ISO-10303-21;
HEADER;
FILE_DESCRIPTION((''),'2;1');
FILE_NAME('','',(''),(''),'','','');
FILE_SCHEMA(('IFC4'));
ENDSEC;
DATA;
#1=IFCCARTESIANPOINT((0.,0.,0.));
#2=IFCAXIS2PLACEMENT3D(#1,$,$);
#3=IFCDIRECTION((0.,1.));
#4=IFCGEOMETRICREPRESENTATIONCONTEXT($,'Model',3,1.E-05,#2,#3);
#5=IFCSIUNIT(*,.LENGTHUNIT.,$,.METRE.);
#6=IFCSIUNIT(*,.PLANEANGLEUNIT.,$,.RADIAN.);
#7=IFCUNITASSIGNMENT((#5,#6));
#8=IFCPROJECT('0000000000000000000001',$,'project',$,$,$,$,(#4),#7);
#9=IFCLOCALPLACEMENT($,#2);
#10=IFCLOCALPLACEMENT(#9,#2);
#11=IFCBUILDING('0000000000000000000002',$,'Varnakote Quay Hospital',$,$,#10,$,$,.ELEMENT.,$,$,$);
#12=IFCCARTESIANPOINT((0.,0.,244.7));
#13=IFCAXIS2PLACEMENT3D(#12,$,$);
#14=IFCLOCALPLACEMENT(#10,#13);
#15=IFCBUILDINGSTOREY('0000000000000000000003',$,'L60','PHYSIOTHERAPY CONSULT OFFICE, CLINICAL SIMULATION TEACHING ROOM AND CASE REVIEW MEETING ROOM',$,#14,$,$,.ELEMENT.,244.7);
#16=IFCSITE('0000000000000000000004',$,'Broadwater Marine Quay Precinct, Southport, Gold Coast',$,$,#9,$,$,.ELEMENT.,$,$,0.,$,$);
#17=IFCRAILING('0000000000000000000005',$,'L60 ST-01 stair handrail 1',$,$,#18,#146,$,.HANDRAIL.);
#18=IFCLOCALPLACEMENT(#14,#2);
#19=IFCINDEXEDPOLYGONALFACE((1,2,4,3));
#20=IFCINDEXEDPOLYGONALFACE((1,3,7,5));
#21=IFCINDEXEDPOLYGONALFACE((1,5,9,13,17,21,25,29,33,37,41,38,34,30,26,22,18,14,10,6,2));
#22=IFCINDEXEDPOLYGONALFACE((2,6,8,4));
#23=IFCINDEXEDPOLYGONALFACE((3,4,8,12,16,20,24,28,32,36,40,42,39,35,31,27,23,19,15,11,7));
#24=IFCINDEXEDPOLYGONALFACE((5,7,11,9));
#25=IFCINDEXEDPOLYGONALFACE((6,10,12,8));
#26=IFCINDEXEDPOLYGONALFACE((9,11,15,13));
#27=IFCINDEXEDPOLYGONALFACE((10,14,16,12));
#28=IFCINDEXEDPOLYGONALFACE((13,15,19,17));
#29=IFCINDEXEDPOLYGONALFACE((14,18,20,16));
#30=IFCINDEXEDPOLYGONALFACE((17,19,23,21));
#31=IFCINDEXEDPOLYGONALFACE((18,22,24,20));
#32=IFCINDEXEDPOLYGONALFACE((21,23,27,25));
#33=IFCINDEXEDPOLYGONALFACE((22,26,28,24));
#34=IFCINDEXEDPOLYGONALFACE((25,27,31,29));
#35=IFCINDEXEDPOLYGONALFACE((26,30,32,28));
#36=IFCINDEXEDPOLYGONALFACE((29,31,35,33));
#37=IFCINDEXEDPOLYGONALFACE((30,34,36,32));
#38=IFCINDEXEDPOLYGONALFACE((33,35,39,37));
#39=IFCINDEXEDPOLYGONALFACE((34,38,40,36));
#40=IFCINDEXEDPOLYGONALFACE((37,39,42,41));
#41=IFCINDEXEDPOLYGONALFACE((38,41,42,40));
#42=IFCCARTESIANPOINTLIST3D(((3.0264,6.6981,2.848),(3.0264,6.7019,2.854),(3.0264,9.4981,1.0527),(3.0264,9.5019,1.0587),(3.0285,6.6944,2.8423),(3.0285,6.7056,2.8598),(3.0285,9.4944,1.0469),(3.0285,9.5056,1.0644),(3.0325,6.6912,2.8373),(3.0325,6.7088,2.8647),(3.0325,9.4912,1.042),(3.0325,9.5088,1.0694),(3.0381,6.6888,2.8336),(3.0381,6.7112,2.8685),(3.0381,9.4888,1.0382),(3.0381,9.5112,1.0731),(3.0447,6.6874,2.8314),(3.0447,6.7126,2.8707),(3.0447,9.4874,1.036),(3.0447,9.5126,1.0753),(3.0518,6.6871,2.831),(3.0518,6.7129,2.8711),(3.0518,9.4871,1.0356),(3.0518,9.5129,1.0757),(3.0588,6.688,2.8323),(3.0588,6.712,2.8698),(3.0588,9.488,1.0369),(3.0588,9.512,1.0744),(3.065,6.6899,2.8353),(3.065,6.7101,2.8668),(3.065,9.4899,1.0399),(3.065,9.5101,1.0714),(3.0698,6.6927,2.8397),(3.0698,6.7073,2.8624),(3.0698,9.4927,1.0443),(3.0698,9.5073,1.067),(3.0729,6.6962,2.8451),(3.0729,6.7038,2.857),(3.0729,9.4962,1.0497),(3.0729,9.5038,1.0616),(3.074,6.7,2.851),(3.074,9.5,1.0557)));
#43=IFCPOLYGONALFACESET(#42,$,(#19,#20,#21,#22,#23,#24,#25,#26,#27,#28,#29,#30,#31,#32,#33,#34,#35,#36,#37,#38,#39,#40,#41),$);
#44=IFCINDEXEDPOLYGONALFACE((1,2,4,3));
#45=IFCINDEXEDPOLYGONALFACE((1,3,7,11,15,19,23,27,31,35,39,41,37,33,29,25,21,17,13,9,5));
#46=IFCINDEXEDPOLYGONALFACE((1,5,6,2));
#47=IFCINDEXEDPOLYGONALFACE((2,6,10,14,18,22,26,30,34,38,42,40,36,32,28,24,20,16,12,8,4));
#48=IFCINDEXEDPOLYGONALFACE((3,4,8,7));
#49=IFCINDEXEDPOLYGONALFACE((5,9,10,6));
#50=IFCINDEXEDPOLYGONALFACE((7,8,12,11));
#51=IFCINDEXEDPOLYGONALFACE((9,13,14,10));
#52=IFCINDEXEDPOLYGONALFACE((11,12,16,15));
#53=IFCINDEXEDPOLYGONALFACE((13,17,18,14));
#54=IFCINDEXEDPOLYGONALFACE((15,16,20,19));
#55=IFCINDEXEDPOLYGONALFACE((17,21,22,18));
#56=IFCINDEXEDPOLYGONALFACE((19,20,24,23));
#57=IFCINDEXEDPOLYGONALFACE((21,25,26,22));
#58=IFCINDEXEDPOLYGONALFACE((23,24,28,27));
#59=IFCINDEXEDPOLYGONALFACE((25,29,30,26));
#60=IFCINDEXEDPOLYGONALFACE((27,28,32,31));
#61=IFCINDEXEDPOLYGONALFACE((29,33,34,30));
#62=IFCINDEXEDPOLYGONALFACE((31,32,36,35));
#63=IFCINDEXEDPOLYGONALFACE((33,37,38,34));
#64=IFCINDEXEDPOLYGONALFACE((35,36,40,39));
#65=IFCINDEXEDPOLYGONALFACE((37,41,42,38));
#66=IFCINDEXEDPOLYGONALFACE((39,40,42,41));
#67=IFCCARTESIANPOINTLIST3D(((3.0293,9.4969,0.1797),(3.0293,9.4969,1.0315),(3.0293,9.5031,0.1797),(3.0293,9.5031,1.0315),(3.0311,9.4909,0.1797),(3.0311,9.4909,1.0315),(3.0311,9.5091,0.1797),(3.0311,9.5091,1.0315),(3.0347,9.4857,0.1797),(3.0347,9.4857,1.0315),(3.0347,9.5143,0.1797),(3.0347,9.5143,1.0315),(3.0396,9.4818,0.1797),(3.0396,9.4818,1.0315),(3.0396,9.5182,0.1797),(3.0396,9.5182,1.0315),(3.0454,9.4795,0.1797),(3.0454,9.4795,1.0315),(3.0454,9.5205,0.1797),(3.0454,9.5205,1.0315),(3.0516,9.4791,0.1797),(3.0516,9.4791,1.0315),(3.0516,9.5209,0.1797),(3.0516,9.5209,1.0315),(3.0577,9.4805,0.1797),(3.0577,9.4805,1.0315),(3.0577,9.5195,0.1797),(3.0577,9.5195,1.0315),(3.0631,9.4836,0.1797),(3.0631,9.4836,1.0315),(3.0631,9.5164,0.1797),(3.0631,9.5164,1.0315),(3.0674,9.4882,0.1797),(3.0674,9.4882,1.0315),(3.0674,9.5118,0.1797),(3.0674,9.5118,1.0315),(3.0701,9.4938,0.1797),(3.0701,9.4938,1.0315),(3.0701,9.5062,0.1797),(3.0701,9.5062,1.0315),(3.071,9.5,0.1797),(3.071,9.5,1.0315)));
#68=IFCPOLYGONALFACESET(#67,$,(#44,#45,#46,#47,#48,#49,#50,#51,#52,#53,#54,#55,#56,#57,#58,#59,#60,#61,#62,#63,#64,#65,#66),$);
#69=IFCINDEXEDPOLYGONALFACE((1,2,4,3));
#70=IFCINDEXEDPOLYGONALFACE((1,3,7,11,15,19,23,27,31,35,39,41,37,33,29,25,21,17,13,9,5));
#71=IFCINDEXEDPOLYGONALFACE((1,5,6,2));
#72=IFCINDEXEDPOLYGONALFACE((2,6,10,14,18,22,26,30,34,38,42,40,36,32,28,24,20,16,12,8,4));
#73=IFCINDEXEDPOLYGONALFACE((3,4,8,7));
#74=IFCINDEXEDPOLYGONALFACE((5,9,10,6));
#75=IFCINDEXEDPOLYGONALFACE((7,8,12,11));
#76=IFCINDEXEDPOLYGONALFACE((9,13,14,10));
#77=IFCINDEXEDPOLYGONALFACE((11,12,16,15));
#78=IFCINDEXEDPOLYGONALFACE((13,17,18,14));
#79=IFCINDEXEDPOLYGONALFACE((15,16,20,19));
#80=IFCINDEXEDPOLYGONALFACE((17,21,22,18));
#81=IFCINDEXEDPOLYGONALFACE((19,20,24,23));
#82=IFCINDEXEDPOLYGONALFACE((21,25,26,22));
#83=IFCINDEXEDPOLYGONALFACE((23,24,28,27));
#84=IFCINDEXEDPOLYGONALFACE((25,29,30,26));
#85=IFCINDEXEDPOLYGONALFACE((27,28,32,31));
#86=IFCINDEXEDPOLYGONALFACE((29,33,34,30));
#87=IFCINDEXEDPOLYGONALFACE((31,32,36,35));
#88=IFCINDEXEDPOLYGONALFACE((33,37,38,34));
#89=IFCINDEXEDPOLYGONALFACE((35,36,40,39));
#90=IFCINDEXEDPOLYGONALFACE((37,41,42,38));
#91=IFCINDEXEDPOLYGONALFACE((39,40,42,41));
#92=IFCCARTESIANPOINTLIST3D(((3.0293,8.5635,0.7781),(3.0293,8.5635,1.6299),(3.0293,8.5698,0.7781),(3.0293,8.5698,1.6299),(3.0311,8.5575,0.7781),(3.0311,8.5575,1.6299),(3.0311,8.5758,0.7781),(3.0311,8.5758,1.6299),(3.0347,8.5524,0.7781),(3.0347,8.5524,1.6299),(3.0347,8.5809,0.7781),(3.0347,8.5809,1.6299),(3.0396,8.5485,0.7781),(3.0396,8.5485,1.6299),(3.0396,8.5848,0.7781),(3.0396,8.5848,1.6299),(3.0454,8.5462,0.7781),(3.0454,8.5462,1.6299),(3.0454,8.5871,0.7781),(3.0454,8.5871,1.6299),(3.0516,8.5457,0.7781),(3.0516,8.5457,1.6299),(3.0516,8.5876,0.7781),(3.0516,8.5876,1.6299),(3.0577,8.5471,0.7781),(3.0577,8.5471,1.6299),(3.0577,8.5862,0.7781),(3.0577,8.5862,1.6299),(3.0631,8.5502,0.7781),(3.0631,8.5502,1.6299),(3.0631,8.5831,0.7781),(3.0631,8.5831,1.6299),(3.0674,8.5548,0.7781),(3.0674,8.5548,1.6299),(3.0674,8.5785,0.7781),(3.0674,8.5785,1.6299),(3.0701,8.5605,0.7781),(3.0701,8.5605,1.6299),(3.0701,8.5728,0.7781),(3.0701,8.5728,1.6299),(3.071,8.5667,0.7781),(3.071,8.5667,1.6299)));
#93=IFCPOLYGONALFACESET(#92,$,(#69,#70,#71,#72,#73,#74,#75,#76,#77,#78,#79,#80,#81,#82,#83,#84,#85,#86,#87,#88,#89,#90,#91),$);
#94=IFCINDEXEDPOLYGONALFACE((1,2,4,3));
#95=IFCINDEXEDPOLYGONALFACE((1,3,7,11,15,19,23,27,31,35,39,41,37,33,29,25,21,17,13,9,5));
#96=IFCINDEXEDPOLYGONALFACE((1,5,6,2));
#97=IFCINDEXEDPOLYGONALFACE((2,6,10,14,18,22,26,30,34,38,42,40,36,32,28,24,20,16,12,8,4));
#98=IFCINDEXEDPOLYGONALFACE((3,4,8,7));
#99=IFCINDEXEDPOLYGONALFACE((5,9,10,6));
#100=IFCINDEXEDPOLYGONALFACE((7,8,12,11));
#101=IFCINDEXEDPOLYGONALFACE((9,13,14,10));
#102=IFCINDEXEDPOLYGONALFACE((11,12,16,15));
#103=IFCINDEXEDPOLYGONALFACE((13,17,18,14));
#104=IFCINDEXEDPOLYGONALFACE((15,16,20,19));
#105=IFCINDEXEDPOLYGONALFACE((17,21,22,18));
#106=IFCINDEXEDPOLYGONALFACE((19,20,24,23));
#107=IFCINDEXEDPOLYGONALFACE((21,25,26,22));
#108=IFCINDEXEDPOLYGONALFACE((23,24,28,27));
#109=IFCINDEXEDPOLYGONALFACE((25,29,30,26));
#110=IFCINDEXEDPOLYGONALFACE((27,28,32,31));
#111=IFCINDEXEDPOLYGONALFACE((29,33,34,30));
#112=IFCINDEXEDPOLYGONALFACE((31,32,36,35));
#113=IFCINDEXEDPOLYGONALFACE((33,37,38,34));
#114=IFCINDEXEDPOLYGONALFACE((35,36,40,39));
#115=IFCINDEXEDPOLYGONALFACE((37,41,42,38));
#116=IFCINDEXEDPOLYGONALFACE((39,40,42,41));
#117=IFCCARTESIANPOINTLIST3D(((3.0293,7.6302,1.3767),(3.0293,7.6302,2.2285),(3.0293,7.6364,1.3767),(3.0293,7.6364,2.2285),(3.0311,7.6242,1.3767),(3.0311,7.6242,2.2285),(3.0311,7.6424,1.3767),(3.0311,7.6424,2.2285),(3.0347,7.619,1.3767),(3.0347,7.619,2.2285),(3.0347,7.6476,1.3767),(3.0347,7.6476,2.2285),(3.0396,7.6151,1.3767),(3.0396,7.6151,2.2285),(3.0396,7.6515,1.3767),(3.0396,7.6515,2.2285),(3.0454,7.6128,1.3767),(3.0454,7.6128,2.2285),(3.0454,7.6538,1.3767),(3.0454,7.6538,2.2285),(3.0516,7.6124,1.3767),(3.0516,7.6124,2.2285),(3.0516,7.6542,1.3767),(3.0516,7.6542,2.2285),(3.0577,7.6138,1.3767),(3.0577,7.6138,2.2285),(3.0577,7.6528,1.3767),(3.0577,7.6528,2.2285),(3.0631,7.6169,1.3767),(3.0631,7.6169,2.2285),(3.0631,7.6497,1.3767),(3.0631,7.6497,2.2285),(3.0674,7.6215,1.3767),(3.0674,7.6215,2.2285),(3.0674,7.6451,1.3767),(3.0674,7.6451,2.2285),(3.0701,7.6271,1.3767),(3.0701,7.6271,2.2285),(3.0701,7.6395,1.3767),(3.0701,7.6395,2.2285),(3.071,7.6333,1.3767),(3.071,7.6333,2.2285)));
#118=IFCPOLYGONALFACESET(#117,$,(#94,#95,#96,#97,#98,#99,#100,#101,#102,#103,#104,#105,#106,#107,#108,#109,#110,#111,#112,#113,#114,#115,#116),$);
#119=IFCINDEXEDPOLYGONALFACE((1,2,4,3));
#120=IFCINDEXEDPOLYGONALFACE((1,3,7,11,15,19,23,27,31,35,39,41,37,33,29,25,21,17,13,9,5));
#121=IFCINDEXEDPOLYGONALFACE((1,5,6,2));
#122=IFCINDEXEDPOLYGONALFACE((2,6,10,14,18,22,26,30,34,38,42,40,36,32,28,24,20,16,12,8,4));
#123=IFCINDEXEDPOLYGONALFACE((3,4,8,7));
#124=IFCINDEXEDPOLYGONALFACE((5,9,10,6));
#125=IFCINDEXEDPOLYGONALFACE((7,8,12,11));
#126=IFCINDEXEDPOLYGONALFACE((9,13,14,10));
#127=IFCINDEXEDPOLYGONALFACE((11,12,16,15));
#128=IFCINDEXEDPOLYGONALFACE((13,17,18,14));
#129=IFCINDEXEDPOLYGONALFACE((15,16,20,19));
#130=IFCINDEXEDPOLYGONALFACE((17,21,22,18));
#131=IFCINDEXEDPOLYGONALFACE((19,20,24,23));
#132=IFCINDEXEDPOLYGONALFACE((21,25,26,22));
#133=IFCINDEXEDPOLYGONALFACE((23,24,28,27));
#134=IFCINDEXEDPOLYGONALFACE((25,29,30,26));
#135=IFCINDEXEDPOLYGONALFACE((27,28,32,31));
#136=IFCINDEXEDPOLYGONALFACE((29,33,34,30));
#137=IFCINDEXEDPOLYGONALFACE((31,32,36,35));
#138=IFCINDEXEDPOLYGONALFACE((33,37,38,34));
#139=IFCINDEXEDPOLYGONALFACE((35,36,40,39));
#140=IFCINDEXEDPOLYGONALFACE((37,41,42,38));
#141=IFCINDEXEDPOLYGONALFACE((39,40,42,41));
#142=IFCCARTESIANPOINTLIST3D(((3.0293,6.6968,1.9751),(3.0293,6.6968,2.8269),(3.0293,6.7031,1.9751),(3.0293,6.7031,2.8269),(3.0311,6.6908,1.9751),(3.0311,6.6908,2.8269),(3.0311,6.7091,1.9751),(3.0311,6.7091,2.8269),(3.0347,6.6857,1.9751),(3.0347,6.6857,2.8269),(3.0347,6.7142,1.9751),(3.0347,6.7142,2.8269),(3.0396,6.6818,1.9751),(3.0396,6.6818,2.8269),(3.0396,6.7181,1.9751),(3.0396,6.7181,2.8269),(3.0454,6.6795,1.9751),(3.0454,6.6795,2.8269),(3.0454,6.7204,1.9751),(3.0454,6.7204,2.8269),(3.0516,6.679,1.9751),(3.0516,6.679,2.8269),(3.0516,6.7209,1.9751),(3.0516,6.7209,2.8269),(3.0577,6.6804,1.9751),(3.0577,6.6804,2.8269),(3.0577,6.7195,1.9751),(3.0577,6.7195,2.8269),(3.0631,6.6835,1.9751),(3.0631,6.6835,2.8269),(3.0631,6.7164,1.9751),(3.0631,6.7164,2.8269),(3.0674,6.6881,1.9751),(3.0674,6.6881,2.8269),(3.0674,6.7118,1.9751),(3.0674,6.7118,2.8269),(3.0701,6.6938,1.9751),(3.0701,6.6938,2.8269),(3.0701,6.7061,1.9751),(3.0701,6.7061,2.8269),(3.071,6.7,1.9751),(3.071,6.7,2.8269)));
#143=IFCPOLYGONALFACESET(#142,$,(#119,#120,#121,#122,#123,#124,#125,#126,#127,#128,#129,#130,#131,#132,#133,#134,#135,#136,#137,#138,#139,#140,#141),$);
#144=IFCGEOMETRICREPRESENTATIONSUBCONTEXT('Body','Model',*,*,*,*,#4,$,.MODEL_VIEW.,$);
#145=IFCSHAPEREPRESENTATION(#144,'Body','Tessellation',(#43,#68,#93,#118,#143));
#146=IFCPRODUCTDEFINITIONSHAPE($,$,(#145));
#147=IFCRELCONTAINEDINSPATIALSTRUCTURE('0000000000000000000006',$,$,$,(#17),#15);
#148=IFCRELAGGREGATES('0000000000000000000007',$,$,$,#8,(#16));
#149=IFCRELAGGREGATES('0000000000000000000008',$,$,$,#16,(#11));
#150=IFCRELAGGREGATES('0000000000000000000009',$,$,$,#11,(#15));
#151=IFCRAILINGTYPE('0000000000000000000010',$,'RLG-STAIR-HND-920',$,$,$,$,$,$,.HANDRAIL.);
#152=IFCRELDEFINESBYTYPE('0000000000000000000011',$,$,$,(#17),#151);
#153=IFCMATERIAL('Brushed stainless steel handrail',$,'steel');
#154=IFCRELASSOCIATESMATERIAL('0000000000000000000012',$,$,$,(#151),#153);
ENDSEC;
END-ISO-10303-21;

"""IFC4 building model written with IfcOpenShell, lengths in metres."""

from ifc_helpers import new_model, si_unit, direction, frame, origin, origin_2d, place, context, subcontext, project, spatial, circle, extrude, material, type_object, element, save


model = new_model("IFC4")

# Units and contexts
model_context = context("Model", 3, precision=1e-05, world=origin(), true_north=direction((0.0, 1.0)))
body_context = subcontext(model_context, "Body", "Model", "MODEL_VIEW")
ifc_project = project(units=[si_unit("LENGTHUNIT", "METRE"), si_unit("PLANEANGLEUNIT", "RADIAN")], contexts=[model_context])

# Site, building, storey
site_placement = place(None, origin())
site = spatial("IfcSite", under=ifc_project, at=site_placement, Name="Broadwater Marine Quay Precinct, Southport, Gold Coast", CompositionType="ELEMENT", RefElevation=0.0)
building_placement = place(site_placement, origin())
building = spatial("IfcBuilding", under=site, at=building_placement, Name="Varnakote Quay Hospital", CompositionType="ELEMENT")
storey_placement = place(building_placement, frame((0.0, 0.0, 244.7)))
storey = spatial("IfcBuildingStorey", under=building, at=storey_placement, Name="L60", Description="PHYSIOTHERAPY CONSULT OFFICE, CLINICAL SIMULATION TEACHING ROOM AND CASE REVIEW MEETING ROOM", CompositionType="ELEMENT", Elevation=244.7)

# Railing
ifc_material_1 = material(Name="Brushed stainless steel handrail", Category="steel")
railing_type_1 = type_object("IfcRailingType", Name="RLG-STAIR-HND-920", PredefinedType="HANDRAIL", material=ifc_material_1)
railing_1_placement = place(storey_placement, frame((3.05, 9.5, 0.1797)))
element("IfcRailing", 1, at=railing_1_placement, inside=storey, type_object=railing_type_1, Name="L60 ST-01 stair handrail 1", PredefinedType="HANDRAIL", context=body_context, shape_type="SweptSolid", body=[
    extrude(circle(Radius=0.0239, at=origin_2d()), frame((0.0, 0.0, 0.876), z_axis=(0.0, -0.84181, 0.539774), x_axis=(1.0, 0.0, 0.0)), (0.0, 0.0, 1.0), 3.3262),
    extrude(circle(Radius=0.021, at=origin_2d()), origin(), (0.0, 0.0, 1.0), 0.8518),
    extrude(circle(Radius=0.021, at=origin_2d()), frame((0.0, -0.9333, 0.5984)), (0.0, 0.0, 1.0), 0.8518),
    extrude(circle(Radius=0.021, at=origin_2d()), frame((0.0, -1.8667, 1.197)), (0.0, 0.0, 1.0), 0.8518),
    extrude(circle(Radius=0.021, at=origin_2d()), frame((0.0, -2.8, 1.7954)), (0.0, 0.0, 1.0), 0.8518),
])

save(model, "model.ifc")
